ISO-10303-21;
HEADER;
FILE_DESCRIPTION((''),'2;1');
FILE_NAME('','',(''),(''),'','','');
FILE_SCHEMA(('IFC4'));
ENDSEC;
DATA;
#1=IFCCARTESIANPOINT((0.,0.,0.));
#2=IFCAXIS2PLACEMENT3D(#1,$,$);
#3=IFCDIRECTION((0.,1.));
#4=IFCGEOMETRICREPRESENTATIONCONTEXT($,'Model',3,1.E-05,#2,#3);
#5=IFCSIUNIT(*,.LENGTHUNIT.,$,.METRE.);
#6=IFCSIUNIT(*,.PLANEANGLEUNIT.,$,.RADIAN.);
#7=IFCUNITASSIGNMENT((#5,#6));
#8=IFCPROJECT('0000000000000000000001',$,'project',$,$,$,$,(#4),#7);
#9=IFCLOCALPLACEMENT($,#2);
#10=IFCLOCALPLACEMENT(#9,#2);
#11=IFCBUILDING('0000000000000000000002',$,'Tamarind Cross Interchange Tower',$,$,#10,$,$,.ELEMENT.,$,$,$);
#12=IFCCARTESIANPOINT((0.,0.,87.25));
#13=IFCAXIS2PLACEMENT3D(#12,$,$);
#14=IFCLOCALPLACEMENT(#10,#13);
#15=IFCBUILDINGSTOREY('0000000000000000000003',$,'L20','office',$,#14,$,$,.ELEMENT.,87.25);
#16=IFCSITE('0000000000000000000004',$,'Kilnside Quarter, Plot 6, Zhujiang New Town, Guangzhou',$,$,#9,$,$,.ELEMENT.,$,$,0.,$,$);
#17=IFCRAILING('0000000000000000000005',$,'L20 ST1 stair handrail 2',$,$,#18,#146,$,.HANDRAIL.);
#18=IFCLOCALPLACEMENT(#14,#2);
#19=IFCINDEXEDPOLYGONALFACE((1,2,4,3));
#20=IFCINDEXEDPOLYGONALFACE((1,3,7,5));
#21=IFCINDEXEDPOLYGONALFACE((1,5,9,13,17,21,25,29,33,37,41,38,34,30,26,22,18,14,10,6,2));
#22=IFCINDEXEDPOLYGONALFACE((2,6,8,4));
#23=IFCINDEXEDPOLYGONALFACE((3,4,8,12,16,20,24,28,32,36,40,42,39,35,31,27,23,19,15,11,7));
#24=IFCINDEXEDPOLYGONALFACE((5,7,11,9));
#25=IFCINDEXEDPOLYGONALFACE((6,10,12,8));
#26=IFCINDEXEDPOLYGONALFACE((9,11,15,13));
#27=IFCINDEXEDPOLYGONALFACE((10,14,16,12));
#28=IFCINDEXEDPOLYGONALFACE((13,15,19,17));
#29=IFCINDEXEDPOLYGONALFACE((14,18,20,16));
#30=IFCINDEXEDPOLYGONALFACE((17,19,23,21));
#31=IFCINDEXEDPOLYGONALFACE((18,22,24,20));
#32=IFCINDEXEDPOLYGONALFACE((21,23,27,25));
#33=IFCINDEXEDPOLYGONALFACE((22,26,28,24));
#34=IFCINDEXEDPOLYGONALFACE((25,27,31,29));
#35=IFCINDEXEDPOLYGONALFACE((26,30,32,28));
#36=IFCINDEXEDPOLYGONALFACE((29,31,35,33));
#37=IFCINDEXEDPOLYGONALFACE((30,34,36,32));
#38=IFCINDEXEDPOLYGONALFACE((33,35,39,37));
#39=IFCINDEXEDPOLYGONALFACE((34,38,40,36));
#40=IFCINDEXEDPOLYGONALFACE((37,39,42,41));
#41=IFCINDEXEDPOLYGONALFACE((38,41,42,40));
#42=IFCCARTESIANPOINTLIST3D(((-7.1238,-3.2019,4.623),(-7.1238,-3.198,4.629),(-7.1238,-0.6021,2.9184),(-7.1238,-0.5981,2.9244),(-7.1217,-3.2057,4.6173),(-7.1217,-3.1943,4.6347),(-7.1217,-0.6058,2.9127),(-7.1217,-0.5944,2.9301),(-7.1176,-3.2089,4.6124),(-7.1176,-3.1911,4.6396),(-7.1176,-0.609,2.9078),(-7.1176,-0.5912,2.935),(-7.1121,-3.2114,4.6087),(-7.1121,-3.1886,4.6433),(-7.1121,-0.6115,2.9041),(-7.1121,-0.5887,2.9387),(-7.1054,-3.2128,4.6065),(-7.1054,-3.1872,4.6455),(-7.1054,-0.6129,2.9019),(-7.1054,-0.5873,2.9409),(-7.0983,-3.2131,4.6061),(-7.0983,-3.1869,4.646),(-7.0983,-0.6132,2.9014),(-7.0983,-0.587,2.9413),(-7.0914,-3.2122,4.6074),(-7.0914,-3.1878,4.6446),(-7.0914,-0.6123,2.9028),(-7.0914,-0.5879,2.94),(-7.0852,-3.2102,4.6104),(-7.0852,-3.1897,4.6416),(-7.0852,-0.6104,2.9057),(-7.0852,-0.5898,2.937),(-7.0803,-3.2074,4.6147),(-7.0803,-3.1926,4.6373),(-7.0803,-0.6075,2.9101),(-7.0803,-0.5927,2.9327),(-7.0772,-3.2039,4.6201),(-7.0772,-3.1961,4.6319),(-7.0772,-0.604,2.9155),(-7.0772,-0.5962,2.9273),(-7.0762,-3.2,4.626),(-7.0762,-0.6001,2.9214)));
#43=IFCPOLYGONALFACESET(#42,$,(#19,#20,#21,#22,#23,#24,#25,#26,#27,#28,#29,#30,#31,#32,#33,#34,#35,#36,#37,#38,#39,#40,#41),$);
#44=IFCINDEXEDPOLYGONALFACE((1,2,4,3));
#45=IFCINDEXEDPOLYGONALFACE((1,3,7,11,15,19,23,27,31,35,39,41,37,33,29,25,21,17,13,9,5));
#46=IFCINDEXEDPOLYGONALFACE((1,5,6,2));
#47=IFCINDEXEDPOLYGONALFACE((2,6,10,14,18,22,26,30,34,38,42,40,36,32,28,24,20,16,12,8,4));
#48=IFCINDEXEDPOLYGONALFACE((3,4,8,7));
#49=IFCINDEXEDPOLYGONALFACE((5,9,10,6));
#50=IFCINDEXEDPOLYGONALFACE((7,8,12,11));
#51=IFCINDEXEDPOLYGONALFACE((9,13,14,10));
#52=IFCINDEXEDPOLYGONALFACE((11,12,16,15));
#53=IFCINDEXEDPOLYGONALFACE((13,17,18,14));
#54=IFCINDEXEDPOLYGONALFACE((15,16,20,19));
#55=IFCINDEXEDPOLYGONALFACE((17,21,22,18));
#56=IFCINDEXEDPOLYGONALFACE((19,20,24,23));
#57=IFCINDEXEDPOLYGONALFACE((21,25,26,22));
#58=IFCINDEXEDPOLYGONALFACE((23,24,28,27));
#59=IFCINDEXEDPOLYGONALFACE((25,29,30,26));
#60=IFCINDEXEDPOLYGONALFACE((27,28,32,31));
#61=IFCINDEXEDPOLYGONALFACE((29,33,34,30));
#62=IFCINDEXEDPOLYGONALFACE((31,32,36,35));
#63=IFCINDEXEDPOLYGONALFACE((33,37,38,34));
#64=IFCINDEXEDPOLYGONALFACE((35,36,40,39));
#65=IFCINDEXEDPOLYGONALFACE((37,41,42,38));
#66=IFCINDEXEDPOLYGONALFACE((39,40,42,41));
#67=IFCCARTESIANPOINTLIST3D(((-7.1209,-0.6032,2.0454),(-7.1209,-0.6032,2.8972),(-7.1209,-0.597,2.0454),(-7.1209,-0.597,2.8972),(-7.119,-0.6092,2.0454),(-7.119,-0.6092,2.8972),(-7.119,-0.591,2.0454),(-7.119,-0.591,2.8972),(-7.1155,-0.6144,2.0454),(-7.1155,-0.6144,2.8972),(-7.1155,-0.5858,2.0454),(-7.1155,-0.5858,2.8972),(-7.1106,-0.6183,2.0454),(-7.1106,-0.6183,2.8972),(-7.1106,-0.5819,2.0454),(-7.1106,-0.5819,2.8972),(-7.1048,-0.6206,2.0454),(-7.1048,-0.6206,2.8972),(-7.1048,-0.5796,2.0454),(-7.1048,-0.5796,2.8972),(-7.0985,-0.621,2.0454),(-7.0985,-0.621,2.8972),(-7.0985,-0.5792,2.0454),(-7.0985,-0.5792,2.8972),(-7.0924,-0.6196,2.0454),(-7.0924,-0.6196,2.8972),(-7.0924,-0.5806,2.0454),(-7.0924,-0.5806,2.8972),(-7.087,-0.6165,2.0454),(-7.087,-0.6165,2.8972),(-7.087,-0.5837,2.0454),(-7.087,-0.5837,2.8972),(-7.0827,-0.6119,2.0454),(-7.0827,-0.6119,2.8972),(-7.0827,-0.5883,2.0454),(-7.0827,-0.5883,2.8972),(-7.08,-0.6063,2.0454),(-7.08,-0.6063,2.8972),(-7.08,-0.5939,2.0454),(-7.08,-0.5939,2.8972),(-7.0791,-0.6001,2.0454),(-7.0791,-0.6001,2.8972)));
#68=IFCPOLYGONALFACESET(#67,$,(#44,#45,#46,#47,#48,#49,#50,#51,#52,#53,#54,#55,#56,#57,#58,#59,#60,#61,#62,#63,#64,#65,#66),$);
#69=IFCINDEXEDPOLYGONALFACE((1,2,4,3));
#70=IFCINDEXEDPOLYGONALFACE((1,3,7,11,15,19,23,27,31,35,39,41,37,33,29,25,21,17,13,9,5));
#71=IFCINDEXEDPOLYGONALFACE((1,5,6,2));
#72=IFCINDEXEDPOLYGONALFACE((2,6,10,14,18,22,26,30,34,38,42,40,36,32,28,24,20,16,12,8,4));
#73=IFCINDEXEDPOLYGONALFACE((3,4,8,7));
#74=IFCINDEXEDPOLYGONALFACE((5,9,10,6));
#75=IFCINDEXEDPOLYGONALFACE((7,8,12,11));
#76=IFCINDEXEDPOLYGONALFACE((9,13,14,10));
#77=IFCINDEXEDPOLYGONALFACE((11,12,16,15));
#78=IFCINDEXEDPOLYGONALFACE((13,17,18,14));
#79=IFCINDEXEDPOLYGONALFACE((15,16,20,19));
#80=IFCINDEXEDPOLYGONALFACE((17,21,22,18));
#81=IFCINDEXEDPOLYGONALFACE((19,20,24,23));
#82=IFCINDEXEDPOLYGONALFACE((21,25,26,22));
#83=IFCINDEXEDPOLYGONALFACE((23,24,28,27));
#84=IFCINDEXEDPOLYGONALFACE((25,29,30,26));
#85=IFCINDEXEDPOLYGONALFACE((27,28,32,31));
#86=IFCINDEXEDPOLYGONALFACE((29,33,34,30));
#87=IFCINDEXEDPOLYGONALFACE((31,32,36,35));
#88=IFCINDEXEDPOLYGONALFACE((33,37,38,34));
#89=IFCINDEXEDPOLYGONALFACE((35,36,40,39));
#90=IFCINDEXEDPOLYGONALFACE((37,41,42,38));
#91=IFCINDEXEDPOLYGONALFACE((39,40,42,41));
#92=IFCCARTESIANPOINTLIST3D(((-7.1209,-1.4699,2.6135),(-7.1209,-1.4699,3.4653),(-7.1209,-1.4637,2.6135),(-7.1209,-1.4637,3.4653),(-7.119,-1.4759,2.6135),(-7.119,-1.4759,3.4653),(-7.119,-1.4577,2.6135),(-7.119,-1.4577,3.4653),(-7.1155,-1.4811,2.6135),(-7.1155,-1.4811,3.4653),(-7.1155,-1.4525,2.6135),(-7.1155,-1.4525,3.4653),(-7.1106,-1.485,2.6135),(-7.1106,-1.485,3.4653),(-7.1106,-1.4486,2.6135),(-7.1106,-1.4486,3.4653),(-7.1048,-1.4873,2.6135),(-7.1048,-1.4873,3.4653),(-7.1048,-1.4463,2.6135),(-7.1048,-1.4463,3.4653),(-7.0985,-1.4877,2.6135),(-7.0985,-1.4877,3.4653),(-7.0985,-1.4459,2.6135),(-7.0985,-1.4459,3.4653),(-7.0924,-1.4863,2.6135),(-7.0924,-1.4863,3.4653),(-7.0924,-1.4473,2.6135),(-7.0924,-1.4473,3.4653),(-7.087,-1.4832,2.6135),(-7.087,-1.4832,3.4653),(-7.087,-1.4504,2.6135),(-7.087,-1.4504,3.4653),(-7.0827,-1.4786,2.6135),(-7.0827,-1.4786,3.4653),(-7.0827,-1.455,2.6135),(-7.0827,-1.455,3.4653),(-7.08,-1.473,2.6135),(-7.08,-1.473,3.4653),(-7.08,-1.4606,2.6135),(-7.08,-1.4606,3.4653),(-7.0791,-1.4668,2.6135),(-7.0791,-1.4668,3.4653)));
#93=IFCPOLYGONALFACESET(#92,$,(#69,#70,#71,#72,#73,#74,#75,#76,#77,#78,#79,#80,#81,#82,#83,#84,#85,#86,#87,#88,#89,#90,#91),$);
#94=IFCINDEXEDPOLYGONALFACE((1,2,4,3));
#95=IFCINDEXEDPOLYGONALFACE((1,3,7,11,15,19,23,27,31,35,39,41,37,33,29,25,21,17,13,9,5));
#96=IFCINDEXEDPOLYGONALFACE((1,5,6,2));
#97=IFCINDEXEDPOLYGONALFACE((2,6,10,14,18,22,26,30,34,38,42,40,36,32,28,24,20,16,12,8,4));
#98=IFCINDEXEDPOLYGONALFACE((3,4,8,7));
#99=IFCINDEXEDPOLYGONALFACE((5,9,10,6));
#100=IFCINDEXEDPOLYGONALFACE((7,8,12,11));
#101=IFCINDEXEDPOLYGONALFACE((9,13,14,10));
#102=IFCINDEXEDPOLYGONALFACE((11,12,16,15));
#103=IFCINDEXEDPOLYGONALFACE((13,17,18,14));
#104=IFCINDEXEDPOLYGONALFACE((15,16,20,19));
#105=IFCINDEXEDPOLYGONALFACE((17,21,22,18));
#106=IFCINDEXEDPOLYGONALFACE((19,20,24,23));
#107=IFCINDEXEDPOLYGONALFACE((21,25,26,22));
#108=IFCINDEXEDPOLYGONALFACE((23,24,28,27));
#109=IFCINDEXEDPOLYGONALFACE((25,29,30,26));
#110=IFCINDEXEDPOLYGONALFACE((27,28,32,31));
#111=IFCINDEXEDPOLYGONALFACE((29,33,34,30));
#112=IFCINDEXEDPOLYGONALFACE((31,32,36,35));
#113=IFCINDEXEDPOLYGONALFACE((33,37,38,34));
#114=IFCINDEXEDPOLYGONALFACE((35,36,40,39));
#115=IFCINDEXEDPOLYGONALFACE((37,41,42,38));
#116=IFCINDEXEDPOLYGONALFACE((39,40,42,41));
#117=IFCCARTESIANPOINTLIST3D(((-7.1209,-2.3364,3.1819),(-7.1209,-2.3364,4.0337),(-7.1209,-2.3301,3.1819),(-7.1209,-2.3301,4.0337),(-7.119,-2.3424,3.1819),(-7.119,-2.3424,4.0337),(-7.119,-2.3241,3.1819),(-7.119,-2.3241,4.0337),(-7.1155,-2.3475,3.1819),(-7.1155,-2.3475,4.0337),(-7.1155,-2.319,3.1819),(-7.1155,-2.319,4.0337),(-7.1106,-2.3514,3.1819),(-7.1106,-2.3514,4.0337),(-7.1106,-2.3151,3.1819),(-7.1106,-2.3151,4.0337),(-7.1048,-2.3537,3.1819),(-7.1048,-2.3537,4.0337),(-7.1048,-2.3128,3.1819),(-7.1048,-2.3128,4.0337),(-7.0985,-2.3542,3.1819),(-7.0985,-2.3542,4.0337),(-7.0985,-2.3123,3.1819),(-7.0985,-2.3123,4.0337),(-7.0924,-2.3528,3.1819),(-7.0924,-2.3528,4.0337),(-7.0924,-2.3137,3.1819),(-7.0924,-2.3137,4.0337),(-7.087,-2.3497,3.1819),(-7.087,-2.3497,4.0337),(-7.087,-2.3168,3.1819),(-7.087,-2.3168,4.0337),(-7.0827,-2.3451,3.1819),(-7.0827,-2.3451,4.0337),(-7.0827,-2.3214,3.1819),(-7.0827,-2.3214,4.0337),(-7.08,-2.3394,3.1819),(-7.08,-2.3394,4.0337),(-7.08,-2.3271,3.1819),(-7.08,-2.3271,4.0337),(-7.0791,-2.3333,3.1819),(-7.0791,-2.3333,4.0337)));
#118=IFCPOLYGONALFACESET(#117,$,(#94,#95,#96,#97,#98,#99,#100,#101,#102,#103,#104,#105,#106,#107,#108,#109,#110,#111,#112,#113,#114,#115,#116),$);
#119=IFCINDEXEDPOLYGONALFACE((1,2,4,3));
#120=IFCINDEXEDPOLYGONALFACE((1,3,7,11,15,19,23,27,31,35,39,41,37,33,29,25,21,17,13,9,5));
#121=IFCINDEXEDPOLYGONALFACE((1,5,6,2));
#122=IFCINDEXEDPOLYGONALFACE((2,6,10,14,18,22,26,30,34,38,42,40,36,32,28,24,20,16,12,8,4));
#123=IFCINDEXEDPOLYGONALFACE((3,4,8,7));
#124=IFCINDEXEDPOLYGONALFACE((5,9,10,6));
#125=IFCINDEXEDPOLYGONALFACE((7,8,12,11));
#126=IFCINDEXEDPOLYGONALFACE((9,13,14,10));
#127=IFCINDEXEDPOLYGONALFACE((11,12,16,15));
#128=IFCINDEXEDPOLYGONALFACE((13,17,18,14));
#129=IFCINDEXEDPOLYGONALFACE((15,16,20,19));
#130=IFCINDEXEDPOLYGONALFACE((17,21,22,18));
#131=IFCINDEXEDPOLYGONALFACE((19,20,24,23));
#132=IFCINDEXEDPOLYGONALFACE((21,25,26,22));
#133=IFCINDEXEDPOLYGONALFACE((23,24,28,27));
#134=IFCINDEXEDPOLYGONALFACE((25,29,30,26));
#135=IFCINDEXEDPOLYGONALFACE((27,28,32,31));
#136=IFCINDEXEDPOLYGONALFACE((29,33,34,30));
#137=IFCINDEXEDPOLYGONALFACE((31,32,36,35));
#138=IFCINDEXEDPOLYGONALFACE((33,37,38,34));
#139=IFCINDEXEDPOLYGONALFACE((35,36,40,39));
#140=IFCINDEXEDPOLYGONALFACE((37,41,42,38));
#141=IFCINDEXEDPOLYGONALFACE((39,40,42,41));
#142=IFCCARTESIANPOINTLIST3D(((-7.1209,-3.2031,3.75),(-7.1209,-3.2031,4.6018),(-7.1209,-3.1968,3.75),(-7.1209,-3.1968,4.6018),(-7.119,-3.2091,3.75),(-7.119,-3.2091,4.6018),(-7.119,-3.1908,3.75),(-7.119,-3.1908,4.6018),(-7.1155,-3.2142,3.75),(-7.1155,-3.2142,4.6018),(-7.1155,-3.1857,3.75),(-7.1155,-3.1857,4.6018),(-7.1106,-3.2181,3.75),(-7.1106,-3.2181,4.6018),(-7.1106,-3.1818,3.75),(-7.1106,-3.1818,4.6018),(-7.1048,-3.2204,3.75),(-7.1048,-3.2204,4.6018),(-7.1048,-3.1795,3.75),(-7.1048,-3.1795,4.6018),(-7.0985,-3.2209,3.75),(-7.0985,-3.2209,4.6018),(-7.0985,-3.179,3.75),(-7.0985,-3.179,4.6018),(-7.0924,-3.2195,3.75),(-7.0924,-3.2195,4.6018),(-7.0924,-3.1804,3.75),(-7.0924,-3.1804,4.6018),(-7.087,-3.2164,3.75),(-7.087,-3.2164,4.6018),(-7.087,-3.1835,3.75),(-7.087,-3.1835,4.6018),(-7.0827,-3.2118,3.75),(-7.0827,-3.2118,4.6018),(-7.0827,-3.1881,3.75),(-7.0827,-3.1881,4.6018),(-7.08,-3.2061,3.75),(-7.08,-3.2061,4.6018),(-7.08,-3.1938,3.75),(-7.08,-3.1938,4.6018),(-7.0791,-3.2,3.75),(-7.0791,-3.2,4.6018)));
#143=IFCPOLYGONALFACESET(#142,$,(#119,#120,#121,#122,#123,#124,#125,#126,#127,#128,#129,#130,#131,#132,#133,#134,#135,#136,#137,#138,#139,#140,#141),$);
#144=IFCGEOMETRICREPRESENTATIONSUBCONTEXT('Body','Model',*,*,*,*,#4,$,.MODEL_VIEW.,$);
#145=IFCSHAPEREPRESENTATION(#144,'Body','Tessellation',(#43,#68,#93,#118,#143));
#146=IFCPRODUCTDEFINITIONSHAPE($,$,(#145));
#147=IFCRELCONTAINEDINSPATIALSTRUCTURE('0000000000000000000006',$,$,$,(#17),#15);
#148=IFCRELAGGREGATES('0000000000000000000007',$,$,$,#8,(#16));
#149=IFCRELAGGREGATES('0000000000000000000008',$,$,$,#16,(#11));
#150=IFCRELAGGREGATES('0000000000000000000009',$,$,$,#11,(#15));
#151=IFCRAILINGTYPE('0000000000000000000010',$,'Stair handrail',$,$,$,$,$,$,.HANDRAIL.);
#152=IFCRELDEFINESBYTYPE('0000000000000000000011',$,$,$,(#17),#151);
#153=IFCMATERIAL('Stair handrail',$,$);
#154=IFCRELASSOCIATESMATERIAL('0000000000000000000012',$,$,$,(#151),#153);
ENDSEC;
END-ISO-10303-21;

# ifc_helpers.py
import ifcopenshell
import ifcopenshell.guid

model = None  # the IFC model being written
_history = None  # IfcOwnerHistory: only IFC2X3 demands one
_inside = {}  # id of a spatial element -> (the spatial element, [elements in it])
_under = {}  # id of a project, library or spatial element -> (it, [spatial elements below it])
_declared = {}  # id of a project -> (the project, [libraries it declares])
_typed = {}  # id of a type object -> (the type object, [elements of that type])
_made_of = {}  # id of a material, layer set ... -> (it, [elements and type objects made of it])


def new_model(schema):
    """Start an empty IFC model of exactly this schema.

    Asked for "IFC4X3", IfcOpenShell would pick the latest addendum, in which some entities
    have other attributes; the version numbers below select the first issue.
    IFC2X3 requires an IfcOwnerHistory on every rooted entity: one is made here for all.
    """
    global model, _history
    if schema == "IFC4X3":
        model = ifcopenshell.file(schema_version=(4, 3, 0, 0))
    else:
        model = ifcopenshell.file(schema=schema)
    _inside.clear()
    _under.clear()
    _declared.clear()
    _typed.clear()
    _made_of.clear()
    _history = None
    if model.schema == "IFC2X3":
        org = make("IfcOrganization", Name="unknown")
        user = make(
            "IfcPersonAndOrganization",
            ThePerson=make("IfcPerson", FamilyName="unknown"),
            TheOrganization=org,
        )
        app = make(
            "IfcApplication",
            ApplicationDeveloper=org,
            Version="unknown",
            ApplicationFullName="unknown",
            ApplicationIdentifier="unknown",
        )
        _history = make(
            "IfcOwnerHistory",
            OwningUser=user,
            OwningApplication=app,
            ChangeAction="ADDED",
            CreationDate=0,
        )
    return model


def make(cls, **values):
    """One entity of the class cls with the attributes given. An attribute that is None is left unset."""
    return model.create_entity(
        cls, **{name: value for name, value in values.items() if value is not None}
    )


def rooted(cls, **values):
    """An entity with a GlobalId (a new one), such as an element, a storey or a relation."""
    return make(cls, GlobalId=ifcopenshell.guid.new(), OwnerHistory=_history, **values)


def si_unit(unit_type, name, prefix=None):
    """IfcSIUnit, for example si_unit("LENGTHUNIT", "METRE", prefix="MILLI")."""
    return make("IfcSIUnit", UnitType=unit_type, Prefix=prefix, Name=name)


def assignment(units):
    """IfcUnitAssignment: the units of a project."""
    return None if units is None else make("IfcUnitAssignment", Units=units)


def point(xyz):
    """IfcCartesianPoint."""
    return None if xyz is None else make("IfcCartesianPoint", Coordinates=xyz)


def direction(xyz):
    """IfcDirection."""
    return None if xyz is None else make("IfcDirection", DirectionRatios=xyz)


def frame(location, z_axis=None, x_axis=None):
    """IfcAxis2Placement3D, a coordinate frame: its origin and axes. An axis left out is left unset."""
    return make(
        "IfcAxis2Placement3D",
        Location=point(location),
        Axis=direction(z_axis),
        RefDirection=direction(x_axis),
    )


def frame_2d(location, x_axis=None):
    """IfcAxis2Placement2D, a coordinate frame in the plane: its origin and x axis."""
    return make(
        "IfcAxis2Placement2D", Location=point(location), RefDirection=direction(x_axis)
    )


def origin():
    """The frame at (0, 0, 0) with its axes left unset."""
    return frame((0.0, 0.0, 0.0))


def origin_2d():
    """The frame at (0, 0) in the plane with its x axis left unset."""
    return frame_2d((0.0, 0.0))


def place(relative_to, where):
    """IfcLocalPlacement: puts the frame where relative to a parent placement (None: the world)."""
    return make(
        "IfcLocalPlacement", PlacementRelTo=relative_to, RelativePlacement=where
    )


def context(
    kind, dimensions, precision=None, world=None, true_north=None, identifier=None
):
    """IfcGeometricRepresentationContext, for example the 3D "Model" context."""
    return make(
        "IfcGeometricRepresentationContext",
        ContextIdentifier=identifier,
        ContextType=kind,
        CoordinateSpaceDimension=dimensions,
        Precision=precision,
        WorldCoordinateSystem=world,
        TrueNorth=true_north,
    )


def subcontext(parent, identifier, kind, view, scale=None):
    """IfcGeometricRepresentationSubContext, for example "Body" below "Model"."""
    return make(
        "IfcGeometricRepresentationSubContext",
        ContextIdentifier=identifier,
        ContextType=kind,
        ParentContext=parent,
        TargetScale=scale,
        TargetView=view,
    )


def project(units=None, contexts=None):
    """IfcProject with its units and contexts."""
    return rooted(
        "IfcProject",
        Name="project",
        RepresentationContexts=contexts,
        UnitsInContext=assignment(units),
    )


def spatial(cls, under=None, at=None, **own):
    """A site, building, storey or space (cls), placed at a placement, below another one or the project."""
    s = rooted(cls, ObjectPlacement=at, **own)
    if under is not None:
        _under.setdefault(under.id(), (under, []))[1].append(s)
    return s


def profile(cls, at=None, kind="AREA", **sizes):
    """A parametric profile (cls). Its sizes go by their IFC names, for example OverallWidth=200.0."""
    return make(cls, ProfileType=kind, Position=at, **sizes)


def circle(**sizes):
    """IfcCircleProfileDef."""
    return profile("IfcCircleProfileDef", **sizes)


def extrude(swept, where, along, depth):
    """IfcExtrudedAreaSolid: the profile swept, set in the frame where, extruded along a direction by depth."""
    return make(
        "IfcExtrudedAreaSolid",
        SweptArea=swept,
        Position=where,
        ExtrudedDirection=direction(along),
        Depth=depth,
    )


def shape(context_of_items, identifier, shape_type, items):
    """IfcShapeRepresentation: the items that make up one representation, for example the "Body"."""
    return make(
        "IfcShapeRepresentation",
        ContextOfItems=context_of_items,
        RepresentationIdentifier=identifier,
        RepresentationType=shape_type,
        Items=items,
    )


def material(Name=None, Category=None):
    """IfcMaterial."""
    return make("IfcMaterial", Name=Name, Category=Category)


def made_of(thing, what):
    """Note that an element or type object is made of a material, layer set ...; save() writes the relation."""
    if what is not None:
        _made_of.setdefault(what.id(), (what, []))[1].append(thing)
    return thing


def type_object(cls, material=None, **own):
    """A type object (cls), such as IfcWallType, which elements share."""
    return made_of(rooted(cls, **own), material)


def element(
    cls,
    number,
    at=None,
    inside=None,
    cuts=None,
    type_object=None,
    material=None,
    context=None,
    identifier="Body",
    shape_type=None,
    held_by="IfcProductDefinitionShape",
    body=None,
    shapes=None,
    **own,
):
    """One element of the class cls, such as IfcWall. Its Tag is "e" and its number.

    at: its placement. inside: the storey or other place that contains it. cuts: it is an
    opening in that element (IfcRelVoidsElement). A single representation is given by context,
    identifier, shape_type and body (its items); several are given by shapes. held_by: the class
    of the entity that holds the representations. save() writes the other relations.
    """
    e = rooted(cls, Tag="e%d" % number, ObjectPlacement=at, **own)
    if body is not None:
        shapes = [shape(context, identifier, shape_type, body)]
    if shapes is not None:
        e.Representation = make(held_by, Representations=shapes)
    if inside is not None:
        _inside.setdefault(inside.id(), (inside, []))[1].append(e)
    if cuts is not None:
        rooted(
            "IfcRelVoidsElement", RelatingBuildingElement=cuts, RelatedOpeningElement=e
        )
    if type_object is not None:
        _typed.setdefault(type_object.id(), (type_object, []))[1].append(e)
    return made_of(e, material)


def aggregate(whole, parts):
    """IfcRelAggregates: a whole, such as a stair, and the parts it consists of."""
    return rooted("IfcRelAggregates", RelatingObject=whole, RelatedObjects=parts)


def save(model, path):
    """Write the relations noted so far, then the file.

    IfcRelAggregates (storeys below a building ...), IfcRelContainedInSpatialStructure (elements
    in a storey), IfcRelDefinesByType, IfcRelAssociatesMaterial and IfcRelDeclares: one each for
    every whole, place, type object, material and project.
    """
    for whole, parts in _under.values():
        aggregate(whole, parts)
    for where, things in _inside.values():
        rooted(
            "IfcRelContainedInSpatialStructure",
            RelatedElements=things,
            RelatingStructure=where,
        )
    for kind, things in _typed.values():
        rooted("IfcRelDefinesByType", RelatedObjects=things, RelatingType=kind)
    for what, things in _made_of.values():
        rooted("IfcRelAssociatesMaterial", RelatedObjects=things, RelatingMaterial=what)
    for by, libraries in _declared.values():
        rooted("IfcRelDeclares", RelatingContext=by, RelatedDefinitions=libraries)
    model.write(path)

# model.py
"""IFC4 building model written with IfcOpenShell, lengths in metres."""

from ifc_helpers import new_model, si_unit, direction, frame, origin, origin_2d, place, context, subcontext, project, spatial, circle, extrude, material, type_object, element, save


model = new_model("IFC4")

# Units and contexts
model_context = context("Model", 3, precision=1e-05, world=origin(), true_north=direction((0.0, 1.0)))
body_context = subcontext(model_context, "Body", "Model", "MODEL_VIEW")
ifc_project = project(units=[si_unit("LENGTHUNIT", "METRE"), si_unit("PLANEANGLEUNIT", "RADIAN")], contexts=[model_context])

# Site, building, storey
site_placement = place(None, origin())
site = spatial("IfcSite", under=ifc_project, at=site_placement, Name="Kilnside Quarter, Plot 6, Zhujiang New Town, Guangzhou", CompositionType="ELEMENT", RefElevation=0.0)
building_placement = place(site_placement, origin())
building = spatial("IfcBuilding", under=site, at=building_placement, Name="Tamarind Cross Interchange Tower", CompositionType="ELEMENT")
storey_placement = place(building_placement, frame((0.0, 0.0, 87.25)))
storey = spatial("IfcBuildingStorey", under=building, at=storey_placement, Name="L20", Description="office", CompositionType="ELEMENT", Elevation=87.25)

# Railing
ifc_material_1 = material(Name="Stair handrail")
railing_type_1 = type_object("IfcRailingType", Name="Stair handrail", PredefinedType="HANDRAIL", material=ifc_material_1)
railing_1_placement = place(storey_placement, frame((-7.1001, -0.6001, 2.0454)))
element("IfcRailing", 1, at=railing_1_placement, inside=storey, type_object=railing_type_1, Name="L20 ST1 stair handrail 2", PredefinedType="HANDRAIL", context=body_context, shape_type="SweptSolid", body=[
    extrude(circle(Radius=0.0239, at=origin_2d()), frame((0.0, 0.0, 0.876), z_axis=(0.0, -0.836279, 0.548305), x_axis=(1.0, 0.0, 0.0)), (0.0, 0.0, 1.0), 3.1089),
    extrude(circle(Radius=0.021, at=origin_2d()), origin(), (0.0, 0.0, 1.0), 0.8518),
    extrude(circle(Radius=0.021, at=origin_2d()), frame((0.0, -0.8667, 0.5681)), (0.0, 0.0, 1.0), 0.8518),
    extrude(circle(Radius=0.021, at=origin_2d()), frame((0.0, -1.7332, 1.1365)), (0.0, 0.0, 1.0), 0.8518),
    extrude(circle(Radius=0.021, at=origin_2d()), frame((0.0, -2.5999, 1.7046)), (0.0, 0.0, 1.0), 0.8518),
])

save(model, "model.ifc")
